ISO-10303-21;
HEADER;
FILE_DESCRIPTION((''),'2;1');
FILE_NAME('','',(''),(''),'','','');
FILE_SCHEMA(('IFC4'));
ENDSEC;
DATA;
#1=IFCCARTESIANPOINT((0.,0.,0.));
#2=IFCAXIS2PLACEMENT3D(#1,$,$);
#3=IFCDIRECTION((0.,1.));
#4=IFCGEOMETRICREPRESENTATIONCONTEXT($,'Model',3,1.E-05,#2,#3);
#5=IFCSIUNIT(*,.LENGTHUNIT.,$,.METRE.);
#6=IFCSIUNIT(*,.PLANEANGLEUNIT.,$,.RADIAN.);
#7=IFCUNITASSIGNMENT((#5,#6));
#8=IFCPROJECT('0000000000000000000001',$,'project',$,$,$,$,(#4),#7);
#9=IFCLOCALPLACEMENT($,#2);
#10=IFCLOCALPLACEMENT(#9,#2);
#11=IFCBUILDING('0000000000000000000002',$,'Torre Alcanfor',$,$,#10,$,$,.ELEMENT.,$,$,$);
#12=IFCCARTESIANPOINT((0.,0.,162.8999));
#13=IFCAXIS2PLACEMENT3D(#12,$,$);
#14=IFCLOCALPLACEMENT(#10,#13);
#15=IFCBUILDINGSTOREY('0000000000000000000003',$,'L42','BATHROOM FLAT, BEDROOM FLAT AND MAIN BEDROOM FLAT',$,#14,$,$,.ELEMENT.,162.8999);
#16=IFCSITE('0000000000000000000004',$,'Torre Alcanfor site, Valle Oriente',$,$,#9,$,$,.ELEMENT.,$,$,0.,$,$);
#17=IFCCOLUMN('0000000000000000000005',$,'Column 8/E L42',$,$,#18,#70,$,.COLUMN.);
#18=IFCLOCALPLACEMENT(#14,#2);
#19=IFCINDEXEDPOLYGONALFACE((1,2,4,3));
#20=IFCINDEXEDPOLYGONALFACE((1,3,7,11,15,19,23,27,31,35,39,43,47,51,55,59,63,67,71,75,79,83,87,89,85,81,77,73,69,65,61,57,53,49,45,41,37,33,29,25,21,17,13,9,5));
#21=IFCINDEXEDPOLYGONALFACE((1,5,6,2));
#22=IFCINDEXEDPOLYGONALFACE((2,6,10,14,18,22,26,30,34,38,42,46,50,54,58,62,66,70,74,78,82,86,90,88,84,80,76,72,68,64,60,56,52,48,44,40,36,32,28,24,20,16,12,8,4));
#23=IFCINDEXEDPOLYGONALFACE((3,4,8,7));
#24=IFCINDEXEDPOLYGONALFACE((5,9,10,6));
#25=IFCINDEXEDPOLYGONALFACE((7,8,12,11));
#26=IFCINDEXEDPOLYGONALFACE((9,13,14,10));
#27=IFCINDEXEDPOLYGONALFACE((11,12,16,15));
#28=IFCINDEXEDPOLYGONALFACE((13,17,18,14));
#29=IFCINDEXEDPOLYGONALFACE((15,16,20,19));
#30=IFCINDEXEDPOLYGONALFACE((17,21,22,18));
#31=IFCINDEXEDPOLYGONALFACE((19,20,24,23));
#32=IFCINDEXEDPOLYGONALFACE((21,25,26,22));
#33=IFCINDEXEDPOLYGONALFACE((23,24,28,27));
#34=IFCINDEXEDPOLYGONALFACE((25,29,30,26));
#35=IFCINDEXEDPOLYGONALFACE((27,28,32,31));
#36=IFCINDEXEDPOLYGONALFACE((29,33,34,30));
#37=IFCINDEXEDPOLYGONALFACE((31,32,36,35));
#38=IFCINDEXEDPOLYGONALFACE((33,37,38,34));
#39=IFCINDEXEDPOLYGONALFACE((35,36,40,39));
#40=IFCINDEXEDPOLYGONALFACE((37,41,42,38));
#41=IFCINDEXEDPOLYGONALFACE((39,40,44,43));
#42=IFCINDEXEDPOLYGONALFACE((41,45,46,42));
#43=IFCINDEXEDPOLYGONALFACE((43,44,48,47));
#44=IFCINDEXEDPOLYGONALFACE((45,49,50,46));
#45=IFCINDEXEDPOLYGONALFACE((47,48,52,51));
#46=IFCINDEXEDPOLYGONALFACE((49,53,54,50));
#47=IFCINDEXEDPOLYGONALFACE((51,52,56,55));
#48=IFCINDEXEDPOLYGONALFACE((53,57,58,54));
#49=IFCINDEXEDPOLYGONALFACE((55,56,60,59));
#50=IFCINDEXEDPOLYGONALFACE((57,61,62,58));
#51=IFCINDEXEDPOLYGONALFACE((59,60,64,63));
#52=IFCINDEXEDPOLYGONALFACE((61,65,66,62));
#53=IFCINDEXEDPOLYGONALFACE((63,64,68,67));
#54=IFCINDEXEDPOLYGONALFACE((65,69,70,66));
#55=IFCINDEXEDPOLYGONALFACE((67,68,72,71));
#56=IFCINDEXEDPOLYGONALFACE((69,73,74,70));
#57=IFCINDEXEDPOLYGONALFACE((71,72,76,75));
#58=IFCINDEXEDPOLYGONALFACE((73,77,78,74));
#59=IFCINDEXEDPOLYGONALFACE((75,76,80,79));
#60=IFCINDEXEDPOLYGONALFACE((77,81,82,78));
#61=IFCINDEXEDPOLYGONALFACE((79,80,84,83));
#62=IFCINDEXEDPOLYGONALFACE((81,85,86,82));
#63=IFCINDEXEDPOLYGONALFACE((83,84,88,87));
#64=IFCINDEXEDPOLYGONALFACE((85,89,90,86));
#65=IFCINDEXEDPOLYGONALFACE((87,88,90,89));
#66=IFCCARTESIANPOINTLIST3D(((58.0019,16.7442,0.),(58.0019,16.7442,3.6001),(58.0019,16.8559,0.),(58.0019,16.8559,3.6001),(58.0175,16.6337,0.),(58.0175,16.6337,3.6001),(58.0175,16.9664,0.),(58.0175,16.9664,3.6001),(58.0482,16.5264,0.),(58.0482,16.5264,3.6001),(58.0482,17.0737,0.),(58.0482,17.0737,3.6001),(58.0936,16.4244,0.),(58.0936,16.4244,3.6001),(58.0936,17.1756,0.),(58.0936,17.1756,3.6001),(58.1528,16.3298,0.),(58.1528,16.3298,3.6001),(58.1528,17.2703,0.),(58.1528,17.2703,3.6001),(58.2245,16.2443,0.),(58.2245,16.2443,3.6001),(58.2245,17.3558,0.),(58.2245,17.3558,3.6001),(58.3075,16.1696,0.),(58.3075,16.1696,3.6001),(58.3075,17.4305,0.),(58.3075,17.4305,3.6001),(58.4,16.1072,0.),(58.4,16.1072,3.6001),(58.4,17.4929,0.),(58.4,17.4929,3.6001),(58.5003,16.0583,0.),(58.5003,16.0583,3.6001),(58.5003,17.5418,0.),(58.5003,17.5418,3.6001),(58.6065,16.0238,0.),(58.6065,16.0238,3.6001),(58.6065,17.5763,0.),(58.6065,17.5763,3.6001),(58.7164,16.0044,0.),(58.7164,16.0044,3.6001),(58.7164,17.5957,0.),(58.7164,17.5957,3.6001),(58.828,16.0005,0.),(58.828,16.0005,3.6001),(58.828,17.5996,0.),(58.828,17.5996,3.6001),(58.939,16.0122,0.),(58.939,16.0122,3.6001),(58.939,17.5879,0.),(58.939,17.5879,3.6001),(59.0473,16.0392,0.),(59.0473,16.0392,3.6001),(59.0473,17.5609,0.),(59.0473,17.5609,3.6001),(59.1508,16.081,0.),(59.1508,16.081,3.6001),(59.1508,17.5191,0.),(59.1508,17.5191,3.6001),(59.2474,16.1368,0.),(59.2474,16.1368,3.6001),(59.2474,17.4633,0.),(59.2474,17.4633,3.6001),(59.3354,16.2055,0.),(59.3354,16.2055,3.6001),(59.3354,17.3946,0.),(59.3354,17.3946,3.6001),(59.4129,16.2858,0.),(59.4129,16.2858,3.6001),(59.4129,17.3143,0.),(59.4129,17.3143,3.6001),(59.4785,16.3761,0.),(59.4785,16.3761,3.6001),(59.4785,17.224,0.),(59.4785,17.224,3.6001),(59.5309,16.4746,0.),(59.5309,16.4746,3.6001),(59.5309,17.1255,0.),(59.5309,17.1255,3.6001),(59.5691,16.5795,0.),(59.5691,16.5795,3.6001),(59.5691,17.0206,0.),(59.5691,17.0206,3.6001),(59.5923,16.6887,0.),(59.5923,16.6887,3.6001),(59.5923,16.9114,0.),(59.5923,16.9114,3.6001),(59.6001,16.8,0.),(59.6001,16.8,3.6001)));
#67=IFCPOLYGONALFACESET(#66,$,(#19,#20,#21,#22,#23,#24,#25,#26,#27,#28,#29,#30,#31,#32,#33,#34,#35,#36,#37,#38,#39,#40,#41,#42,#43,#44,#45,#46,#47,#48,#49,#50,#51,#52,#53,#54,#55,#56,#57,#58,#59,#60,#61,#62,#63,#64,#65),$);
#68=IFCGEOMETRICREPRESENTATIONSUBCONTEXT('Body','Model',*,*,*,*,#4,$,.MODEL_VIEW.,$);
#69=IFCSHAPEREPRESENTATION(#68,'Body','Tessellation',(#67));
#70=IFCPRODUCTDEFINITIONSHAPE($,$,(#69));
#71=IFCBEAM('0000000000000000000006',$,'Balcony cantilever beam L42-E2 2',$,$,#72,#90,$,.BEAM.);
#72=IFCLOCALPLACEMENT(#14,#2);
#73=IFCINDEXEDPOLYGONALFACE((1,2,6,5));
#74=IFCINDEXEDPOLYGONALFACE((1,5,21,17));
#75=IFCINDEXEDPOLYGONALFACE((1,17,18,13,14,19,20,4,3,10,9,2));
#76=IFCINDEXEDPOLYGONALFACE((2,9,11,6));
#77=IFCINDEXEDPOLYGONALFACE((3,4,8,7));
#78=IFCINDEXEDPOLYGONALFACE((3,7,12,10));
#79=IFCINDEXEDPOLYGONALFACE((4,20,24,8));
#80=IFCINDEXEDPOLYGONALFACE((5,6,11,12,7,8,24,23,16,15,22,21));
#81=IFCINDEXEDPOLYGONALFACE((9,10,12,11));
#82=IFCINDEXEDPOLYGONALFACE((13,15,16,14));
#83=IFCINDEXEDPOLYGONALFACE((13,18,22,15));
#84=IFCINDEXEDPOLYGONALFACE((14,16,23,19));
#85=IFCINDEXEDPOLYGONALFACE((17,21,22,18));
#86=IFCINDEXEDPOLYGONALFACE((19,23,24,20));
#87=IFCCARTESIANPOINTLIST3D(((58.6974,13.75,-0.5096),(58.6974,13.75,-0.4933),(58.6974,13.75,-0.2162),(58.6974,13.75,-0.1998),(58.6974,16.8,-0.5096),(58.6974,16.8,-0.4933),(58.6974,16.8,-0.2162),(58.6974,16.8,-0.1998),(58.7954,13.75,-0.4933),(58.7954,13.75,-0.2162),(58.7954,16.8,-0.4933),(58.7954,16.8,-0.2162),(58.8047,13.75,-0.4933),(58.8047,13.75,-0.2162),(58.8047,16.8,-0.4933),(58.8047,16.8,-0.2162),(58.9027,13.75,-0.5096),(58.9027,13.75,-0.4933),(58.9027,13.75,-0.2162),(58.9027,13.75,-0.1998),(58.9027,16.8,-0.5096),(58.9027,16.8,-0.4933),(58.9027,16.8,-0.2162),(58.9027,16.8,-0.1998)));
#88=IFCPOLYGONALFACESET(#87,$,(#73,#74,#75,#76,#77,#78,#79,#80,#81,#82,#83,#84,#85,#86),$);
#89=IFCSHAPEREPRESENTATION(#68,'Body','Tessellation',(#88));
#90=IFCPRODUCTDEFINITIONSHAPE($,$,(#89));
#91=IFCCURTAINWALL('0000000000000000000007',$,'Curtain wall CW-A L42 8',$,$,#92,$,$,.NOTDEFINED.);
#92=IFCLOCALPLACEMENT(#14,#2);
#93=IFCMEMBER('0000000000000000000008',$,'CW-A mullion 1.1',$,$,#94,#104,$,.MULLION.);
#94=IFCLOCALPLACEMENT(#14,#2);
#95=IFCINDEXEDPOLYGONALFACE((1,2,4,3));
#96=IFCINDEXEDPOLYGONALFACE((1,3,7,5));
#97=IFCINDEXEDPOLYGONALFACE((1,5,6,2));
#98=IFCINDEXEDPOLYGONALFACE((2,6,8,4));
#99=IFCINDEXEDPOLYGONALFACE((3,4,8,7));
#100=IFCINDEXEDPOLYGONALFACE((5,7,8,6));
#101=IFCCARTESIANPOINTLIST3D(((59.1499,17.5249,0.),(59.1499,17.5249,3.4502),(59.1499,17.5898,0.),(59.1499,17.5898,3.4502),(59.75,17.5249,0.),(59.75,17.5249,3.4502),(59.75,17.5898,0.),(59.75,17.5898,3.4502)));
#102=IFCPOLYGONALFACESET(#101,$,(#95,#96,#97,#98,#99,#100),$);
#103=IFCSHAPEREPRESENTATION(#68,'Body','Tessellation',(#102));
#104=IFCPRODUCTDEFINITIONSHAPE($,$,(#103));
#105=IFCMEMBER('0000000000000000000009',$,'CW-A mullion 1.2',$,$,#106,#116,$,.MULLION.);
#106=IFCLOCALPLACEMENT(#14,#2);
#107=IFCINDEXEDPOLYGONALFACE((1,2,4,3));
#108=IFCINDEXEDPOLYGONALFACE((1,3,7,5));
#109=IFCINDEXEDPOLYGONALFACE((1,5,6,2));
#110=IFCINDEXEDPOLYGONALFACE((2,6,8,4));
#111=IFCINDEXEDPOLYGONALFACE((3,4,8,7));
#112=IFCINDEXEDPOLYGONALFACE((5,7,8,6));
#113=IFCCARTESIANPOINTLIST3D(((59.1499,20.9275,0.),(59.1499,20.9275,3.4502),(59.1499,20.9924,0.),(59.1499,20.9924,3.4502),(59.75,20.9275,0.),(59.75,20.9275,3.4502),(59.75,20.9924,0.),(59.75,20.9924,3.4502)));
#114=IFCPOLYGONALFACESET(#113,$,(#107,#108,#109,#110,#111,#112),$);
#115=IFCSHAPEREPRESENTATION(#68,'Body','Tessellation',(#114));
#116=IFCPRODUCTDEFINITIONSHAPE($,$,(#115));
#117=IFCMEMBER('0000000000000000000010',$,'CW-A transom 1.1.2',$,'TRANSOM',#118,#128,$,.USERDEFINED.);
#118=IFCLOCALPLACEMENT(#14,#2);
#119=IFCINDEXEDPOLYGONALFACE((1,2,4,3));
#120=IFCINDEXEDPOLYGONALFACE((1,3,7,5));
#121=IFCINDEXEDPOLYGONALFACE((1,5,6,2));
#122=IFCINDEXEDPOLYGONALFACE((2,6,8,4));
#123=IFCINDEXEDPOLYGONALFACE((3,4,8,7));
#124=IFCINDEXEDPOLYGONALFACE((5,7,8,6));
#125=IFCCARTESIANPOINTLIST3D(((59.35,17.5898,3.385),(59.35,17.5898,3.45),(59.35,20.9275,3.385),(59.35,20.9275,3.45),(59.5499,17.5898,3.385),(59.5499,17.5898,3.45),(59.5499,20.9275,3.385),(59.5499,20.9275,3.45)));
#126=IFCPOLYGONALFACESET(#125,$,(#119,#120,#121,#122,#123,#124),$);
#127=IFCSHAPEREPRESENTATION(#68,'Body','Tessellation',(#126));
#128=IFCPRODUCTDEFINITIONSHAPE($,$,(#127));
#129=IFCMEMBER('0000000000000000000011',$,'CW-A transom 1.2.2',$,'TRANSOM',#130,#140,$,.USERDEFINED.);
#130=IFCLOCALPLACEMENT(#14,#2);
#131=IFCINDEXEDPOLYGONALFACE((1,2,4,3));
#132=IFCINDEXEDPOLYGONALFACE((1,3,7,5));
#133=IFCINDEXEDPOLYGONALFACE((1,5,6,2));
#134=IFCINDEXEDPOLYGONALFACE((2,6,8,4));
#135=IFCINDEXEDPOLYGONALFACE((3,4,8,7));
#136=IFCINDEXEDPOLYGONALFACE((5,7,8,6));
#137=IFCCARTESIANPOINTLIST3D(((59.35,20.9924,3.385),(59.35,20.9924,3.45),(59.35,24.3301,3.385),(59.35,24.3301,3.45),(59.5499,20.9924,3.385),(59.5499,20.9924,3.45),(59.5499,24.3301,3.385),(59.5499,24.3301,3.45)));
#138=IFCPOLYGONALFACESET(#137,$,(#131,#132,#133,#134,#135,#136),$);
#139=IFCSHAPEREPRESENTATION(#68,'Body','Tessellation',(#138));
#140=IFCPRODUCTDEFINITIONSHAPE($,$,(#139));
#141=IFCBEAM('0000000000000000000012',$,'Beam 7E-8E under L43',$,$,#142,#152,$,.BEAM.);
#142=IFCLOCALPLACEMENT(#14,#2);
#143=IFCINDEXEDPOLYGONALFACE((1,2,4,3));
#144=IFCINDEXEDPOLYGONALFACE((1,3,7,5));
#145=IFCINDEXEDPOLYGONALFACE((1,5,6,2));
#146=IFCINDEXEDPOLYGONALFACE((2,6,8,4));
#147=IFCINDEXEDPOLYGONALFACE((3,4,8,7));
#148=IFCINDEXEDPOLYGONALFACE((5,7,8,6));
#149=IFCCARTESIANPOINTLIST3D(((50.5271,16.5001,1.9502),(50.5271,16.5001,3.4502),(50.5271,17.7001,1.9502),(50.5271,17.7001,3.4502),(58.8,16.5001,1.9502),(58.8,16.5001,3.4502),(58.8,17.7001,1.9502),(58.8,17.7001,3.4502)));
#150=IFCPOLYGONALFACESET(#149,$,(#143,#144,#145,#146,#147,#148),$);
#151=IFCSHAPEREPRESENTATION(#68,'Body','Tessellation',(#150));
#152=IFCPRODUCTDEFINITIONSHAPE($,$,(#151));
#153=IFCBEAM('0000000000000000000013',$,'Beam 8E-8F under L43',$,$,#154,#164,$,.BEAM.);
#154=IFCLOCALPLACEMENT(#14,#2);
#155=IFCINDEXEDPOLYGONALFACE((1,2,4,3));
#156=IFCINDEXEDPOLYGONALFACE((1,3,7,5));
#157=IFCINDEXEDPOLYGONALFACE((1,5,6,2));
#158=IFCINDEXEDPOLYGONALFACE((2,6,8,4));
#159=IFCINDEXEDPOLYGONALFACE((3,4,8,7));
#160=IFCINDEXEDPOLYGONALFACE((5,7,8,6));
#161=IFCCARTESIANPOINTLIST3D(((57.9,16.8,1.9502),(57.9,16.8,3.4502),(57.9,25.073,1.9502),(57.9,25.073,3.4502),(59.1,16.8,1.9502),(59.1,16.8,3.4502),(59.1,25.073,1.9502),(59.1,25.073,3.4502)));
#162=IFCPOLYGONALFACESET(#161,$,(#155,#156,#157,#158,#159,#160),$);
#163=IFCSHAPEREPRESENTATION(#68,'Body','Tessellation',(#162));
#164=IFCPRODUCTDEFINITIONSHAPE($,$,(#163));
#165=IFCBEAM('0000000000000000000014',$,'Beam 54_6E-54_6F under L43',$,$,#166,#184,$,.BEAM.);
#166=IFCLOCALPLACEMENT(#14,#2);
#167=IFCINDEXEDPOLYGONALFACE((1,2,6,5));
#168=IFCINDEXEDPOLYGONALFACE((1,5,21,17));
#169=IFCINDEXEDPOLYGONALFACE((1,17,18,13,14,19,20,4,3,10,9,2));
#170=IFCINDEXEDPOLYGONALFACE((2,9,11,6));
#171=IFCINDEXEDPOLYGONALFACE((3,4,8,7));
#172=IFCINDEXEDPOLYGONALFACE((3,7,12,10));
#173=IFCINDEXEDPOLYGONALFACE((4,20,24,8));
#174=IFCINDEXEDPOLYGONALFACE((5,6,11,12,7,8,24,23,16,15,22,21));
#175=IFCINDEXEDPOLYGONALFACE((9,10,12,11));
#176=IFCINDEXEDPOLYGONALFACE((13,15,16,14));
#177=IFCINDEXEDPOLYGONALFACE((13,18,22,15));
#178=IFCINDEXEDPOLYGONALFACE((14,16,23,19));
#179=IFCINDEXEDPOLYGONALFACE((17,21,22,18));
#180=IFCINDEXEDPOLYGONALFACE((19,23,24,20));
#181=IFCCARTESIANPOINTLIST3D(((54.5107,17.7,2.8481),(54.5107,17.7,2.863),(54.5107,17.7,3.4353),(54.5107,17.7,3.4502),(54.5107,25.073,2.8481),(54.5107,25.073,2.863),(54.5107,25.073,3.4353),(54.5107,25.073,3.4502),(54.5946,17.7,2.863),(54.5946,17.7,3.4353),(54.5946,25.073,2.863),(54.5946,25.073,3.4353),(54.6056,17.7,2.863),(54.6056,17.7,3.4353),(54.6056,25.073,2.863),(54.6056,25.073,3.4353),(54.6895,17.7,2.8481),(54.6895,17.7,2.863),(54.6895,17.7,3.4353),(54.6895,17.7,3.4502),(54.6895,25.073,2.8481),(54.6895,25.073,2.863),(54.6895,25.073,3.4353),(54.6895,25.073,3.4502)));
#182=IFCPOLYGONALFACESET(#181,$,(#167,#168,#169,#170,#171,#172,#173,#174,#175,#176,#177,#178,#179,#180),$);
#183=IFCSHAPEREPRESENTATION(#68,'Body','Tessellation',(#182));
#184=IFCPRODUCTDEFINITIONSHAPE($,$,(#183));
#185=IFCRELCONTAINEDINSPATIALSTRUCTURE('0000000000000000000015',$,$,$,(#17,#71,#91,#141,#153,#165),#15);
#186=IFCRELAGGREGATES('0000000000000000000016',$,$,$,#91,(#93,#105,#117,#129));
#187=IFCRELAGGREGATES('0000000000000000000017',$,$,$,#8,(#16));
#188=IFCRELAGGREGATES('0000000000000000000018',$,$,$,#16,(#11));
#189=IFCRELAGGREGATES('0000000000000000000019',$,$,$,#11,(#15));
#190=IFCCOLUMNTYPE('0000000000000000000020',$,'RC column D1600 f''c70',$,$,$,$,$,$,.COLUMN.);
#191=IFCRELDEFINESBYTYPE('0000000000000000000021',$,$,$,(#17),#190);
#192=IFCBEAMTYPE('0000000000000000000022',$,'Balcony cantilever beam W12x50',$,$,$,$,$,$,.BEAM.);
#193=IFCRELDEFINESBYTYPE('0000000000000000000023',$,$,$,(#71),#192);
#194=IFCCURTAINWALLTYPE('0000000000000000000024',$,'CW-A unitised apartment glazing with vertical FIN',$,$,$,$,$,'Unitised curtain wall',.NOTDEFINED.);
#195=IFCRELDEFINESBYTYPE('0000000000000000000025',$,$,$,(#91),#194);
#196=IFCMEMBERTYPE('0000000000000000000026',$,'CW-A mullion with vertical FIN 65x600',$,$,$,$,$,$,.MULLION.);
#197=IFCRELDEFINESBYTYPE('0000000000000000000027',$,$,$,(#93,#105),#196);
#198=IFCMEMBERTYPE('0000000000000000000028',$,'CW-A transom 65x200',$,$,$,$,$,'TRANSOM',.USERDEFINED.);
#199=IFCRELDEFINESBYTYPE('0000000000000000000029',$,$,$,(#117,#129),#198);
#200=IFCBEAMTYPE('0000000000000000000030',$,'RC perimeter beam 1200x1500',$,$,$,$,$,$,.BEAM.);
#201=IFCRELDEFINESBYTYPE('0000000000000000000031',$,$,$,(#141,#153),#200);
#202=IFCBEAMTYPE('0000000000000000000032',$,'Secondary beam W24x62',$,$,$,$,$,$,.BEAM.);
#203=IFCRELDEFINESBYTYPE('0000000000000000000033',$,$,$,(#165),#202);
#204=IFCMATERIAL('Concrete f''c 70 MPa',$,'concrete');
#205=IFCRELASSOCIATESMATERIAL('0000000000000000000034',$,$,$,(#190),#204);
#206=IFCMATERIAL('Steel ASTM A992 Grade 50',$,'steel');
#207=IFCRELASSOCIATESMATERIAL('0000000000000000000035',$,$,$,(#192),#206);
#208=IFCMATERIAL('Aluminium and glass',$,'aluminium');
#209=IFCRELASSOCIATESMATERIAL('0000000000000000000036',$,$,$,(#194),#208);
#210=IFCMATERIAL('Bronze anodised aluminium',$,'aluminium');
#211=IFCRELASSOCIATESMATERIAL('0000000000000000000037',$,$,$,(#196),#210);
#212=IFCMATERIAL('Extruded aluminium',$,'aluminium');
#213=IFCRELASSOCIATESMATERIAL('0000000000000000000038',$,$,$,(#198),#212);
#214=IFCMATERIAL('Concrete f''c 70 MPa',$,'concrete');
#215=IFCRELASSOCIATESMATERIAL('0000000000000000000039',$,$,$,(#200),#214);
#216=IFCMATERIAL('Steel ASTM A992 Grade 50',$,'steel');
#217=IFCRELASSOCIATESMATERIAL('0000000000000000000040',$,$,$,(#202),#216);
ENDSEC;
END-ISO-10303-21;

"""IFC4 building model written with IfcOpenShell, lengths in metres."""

from ifc_helpers import new_model, si_unit, direction, frame, origin, origin_2d, place, context, subcontext, project, spatial, rectangle, circle, i_section, extrude, material, material_profile, profile_set, type_object, element, aggregate, save


model = new_model("IFC4")

# Units and contexts
model_context = context("Model", 3, precision=1e-05, world=origin(), true_north=direction((0.0, 1.0)))
body_context = subcontext(model_context, "Body", "Model", "MODEL_VIEW")
ifc_project = project(units=[si_unit("LENGTHUNIT", "METRE"), si_unit("PLANEANGLEUNIT", "RADIAN")], contexts=[model_context])

# Site, building, storey
site_placement = place(None, origin())
site = spatial("IfcSite", under=ifc_project, at=site_placement, Name="Torre Alcanfor site, Valle Oriente", CompositionType="ELEMENT", RefElevation=0.0)
building_placement = place(site_placement, origin())
building = spatial("IfcBuilding", under=site, at=building_placement, Name="Torre Alcanfor", CompositionType="ELEMENT")
storey_placement = place(building_placement, frame((0.0, 0.0, 162.8999)))
storey = spatial("IfcBuildingStorey", under=building, at=storey_placement, Name="L42", Description="BATHROOM FLAT, BEDROOM FLAT AND MAIN BEDROOM FLAT", CompositionType="ELEMENT", Elevation=162.8999)

# Column
ifc_material_1 = material(Name="Concrete f'c 70 MPa", Category="concrete")
ifc_material_profile_1 = material_profile(ifc_material_1, circle(Radius=0.8, at=origin_2d()), Name="D1600")
ifc_profile_set_1 = profile_set([ifc_material_profile_1], Name="Concrete f'c 70 MPa")
column_type = type_object("IfcColumnType", Name="RC column D1600 f'c70", PredefinedType="COLUMN", material=ifc_profile_set_1)
column_placement = place(storey_placement, frame((58.8, 16.8, 0.0), z_axis=(0.0, 0.0, 1.0), x_axis=(1.0, 0.0, 0.0)))
element("IfcColumn", 1, at=column_placement, inside=storey, type_object=column_type, Name="Column 8/E L42", PredefinedType="COLUMN", context=body_context, shape_type="SweptSolid", body=[
    extrude(circle(Radius=0.8, at=origin_2d()), origin(), (0.0, 0.0, 1.0), 3.6001),
])

# Beam
ifc_material_2 = material(Name="Steel ASTM A992 Grade 50", Category="steel")
ifc_material_profile_2 = material_profile(ifc_material_2, i_section(OverallWidth=0.2053, OverallDepth=0.3098, WebThickness=0.0093, FlangeThickness=0.0164, at=origin_2d()), Name="W12x50")
ifc_profile_set_2 = profile_set([ifc_material_profile_2], Name="Steel ASTM A992 Grade 50")
beam_type_1 = type_object("IfcBeamType", Name="Balcony cantilever beam W12x50", PredefinedType="BEAM", material=ifc_profile_set_2)
beam_1_placement = place(storey_placement, frame((58.8, 16.8, -0.3547), z_axis=(0.0, -1.0, 0.0), x_axis=(1.0, 0.0, 0.0)))
element("IfcBeam", 2, at=beam_1_placement, inside=storey, type_object=beam_type_1, Name="Balcony cantilever beam L42-E2 2", PredefinedType="BEAM", context=body_context, shape_type="SweptSolid", body=[
    extrude(i_section(OverallWidth=0.2053, OverallDepth=0.3098, WebThickness=0.0093, FlangeThickness=0.0164, at=origin_2d()), origin(), (0.0, 0.0, 1.0), 3.05),
])

# Curtain wall, members
ifc_material_3 = material(Name="Aluminium and glass", Category="aluminium")
curtain_wall_type = type_object("IfcCurtainWallType", Name="CW-A unitised apartment glazing with vertical FIN", ElementType="Unitised curtain wall", PredefinedType="NOTDEFINED", material=ifc_material_3)
curtain_wall_placement = place(storey_placement, origin())
curtain_wall = element("IfcCurtainWall", 3, at=curtain_wall_placement, inside=storey, type_object=curtain_wall_type, Name="Curtain wall CW-A L42 8", PredefinedType="NOTDEFINED")
ifc_material_4 = material(Name="Bronze anodised aluminium", Category="aluminium")
ifc_material_profile_3 = material_profile(ifc_material_4, rectangle(XDim=0.6001, YDim=0.0649, at=origin_2d()), Name="CW-A mullion 65x600")
ifc_profile_set_3 = profile_set([ifc_material_profile_3], Name="Bronze anodised aluminium")
member_type_1 = type_object("IfcMemberType", Name="CW-A mullion with vertical FIN 65x600", PredefinedType="MULLION", material=ifc_profile_set_3)
member_1_placement = place(storey_placement, frame((59.45, 17.5574, 0.0), z_axis=(0.0, 0.0, 1.0), x_axis=(-1.0, 0.0, 0.0)))
member_1 = element("IfcMember", 4, at=member_1_placement, type_object=member_type_1, Name="CW-A mullion 1.1", PredefinedType="MULLION", context=body_context, shape_type="SweptSolid", body=[
    extrude(rectangle(XDim=0.6001, YDim=0.0649, at=origin_2d()), origin(), (0.0, 0.0, 1.0), 3.4502),
])
member_2_placement = place(storey_placement, frame((59.45, 20.96, 0.0), z_axis=(0.0, 0.0, 1.0), x_axis=(-1.0, 0.0, 0.0)))
member_2 = element("IfcMember", 5, at=member_2_placement, type_object=member_type_1, Name="CW-A mullion 1.2", PredefinedType="MULLION", context=body_context, shape_type="SweptSolid", body=[
    extrude(rectangle(XDim=0.6001, YDim=0.0649, at=origin_2d()), origin(), (0.0, 0.0, 1.0), 3.4502),
])
ifc_material_5 = material(Name="Extruded aluminium", Category="aluminium")
ifc_material_profile_4 = material_profile(ifc_material_5, rectangle(XDim=0.2, YDim=0.0649, at=origin_2d()), Name="CW-A transom 200x65")
ifc_profile_set_4 = profile_set([ifc_material_profile_4], Name="Extruded aluminium")
member_type_2 = type_object("IfcMemberType", Name="CW-A transom 65x200", ElementType="TRANSOM", PredefinedType="USERDEFINED", material=ifc_profile_set_4)
member_3_placement = place(storey_placement, frame((59.45, 17.5898, 3.4175), z_axis=(0.0, 1.0, 0.0), x_axis=(-1.0, 0.0, 0.0)))
member_3 = element("IfcMember", 6, at=member_3_placement, type_object=member_type_2, Name="CW-A transom 1.1.2", ObjectType="TRANSOM", PredefinedType="USERDEFINED", context=body_context, shape_type="SweptSolid", body=[
    extrude(rectangle(XDim=0.2, YDim=0.0649, at=origin_2d()), origin(), (0.0, 0.0, 1.0), 3.3376),
])
member_4_placement = place(storey_placement, frame((59.45, 20.9924, 3.4175), z_axis=(0.0, 1.0, 0.0), x_axis=(-1.0, 0.0, 0.0)))
member_4 = element("IfcMember", 7, at=member_4_placement, type_object=member_type_2, Name="CW-A transom 1.2.2", ObjectType="TRANSOM", PredefinedType="USERDEFINED", context=body_context, shape_type="SweptSolid", body=[
    extrude(rectangle(XDim=0.2, YDim=0.0649, at=origin_2d()), origin(), (0.0, 0.0, 1.0), 3.3376),
])

# Beams
ifc_material_6 = material(Name="Concrete f'c 70 MPa", Category="concrete")
ifc_material_profile_5 = material_profile(ifc_material_6, rectangle(XDim=1.2, YDim=1.5, at=origin_2d()), Name="1200x1500")
ifc_profile_set_5 = profile_set([ifc_material_profile_5], Name="Concrete f'c 70 MPa")
beam_type_2 = type_object("IfcBeamType", Name="RC perimeter beam 1200x1500", PredefinedType="BEAM", material=ifc_profile_set_5)
for number, where, z_axis, x_axis, name in (
    (8, (50.5271, 17.1001, 2.7002), (1.0, 0.0, 0.0), (0.0, 1.0, 0.0), "Beam 7E-8E under L43"),
    (9, (58.5, 16.8, 2.7002), (0.0, 1.0, 0.0), (-1.0, 0.0, 0.0), "Beam 8E-8F under L43"),
):
    element("IfcBeam", number, at=place(storey_placement, frame(where, z_axis=z_axis, x_axis=x_axis)), inside=storey, type_object=beam_type_2, Name=name, PredefinedType="BEAM", context=body_context, shape_type="SweptSolid", body=[
        extrude(rectangle(XDim=1.2, YDim=1.5, at=origin_2d()), origin(), (0.0, 0.0, 1.0), 8.2729),
    ])
ifc_material_7 = material(Name="Steel ASTM A992 Grade 50", Category="steel")
ifc_material_profile_6 = material_profile(ifc_material_7, i_section(OverallWidth=0.1787, OverallDepth=0.6021, WebThickness=0.011, FlangeThickness=0.0149, at=origin_2d()), Name="W24x62")
ifc_profile_set_6 = profile_set([ifc_material_profile_6], Name="Steel ASTM A992 Grade 50")
beam_type_3 = type_object("IfcBeamType", Name="Secondary beam W24x62", PredefinedType="BEAM", material=ifc_profile_set_6)
beam_2_placement = place(storey_placement, frame((54.6001, 17.7, 3.1492), z_axis=(0.0, 1.0, 0.0), x_axis=(-1.0, 0.0, 0.0)))
element("IfcBeam", 10, at=beam_2_placement, inside=storey, type_object=beam_type_3, Name="Beam 54_6E-54_6F under L43", PredefinedType="BEAM", context=body_context, shape_type="SweptSolid", body=[
    extrude(i_section(OverallWidth=0.1787, OverallDepth=0.6021, WebThickness=0.011, FlangeThickness=0.0149, at=origin_2d()), origin(), (0.0, 0.0, 1.0), 7.373),
])

aggregate(curtain_wall, [member_1, member_2, member_3, member_4])

save(model, "model.ifc")
